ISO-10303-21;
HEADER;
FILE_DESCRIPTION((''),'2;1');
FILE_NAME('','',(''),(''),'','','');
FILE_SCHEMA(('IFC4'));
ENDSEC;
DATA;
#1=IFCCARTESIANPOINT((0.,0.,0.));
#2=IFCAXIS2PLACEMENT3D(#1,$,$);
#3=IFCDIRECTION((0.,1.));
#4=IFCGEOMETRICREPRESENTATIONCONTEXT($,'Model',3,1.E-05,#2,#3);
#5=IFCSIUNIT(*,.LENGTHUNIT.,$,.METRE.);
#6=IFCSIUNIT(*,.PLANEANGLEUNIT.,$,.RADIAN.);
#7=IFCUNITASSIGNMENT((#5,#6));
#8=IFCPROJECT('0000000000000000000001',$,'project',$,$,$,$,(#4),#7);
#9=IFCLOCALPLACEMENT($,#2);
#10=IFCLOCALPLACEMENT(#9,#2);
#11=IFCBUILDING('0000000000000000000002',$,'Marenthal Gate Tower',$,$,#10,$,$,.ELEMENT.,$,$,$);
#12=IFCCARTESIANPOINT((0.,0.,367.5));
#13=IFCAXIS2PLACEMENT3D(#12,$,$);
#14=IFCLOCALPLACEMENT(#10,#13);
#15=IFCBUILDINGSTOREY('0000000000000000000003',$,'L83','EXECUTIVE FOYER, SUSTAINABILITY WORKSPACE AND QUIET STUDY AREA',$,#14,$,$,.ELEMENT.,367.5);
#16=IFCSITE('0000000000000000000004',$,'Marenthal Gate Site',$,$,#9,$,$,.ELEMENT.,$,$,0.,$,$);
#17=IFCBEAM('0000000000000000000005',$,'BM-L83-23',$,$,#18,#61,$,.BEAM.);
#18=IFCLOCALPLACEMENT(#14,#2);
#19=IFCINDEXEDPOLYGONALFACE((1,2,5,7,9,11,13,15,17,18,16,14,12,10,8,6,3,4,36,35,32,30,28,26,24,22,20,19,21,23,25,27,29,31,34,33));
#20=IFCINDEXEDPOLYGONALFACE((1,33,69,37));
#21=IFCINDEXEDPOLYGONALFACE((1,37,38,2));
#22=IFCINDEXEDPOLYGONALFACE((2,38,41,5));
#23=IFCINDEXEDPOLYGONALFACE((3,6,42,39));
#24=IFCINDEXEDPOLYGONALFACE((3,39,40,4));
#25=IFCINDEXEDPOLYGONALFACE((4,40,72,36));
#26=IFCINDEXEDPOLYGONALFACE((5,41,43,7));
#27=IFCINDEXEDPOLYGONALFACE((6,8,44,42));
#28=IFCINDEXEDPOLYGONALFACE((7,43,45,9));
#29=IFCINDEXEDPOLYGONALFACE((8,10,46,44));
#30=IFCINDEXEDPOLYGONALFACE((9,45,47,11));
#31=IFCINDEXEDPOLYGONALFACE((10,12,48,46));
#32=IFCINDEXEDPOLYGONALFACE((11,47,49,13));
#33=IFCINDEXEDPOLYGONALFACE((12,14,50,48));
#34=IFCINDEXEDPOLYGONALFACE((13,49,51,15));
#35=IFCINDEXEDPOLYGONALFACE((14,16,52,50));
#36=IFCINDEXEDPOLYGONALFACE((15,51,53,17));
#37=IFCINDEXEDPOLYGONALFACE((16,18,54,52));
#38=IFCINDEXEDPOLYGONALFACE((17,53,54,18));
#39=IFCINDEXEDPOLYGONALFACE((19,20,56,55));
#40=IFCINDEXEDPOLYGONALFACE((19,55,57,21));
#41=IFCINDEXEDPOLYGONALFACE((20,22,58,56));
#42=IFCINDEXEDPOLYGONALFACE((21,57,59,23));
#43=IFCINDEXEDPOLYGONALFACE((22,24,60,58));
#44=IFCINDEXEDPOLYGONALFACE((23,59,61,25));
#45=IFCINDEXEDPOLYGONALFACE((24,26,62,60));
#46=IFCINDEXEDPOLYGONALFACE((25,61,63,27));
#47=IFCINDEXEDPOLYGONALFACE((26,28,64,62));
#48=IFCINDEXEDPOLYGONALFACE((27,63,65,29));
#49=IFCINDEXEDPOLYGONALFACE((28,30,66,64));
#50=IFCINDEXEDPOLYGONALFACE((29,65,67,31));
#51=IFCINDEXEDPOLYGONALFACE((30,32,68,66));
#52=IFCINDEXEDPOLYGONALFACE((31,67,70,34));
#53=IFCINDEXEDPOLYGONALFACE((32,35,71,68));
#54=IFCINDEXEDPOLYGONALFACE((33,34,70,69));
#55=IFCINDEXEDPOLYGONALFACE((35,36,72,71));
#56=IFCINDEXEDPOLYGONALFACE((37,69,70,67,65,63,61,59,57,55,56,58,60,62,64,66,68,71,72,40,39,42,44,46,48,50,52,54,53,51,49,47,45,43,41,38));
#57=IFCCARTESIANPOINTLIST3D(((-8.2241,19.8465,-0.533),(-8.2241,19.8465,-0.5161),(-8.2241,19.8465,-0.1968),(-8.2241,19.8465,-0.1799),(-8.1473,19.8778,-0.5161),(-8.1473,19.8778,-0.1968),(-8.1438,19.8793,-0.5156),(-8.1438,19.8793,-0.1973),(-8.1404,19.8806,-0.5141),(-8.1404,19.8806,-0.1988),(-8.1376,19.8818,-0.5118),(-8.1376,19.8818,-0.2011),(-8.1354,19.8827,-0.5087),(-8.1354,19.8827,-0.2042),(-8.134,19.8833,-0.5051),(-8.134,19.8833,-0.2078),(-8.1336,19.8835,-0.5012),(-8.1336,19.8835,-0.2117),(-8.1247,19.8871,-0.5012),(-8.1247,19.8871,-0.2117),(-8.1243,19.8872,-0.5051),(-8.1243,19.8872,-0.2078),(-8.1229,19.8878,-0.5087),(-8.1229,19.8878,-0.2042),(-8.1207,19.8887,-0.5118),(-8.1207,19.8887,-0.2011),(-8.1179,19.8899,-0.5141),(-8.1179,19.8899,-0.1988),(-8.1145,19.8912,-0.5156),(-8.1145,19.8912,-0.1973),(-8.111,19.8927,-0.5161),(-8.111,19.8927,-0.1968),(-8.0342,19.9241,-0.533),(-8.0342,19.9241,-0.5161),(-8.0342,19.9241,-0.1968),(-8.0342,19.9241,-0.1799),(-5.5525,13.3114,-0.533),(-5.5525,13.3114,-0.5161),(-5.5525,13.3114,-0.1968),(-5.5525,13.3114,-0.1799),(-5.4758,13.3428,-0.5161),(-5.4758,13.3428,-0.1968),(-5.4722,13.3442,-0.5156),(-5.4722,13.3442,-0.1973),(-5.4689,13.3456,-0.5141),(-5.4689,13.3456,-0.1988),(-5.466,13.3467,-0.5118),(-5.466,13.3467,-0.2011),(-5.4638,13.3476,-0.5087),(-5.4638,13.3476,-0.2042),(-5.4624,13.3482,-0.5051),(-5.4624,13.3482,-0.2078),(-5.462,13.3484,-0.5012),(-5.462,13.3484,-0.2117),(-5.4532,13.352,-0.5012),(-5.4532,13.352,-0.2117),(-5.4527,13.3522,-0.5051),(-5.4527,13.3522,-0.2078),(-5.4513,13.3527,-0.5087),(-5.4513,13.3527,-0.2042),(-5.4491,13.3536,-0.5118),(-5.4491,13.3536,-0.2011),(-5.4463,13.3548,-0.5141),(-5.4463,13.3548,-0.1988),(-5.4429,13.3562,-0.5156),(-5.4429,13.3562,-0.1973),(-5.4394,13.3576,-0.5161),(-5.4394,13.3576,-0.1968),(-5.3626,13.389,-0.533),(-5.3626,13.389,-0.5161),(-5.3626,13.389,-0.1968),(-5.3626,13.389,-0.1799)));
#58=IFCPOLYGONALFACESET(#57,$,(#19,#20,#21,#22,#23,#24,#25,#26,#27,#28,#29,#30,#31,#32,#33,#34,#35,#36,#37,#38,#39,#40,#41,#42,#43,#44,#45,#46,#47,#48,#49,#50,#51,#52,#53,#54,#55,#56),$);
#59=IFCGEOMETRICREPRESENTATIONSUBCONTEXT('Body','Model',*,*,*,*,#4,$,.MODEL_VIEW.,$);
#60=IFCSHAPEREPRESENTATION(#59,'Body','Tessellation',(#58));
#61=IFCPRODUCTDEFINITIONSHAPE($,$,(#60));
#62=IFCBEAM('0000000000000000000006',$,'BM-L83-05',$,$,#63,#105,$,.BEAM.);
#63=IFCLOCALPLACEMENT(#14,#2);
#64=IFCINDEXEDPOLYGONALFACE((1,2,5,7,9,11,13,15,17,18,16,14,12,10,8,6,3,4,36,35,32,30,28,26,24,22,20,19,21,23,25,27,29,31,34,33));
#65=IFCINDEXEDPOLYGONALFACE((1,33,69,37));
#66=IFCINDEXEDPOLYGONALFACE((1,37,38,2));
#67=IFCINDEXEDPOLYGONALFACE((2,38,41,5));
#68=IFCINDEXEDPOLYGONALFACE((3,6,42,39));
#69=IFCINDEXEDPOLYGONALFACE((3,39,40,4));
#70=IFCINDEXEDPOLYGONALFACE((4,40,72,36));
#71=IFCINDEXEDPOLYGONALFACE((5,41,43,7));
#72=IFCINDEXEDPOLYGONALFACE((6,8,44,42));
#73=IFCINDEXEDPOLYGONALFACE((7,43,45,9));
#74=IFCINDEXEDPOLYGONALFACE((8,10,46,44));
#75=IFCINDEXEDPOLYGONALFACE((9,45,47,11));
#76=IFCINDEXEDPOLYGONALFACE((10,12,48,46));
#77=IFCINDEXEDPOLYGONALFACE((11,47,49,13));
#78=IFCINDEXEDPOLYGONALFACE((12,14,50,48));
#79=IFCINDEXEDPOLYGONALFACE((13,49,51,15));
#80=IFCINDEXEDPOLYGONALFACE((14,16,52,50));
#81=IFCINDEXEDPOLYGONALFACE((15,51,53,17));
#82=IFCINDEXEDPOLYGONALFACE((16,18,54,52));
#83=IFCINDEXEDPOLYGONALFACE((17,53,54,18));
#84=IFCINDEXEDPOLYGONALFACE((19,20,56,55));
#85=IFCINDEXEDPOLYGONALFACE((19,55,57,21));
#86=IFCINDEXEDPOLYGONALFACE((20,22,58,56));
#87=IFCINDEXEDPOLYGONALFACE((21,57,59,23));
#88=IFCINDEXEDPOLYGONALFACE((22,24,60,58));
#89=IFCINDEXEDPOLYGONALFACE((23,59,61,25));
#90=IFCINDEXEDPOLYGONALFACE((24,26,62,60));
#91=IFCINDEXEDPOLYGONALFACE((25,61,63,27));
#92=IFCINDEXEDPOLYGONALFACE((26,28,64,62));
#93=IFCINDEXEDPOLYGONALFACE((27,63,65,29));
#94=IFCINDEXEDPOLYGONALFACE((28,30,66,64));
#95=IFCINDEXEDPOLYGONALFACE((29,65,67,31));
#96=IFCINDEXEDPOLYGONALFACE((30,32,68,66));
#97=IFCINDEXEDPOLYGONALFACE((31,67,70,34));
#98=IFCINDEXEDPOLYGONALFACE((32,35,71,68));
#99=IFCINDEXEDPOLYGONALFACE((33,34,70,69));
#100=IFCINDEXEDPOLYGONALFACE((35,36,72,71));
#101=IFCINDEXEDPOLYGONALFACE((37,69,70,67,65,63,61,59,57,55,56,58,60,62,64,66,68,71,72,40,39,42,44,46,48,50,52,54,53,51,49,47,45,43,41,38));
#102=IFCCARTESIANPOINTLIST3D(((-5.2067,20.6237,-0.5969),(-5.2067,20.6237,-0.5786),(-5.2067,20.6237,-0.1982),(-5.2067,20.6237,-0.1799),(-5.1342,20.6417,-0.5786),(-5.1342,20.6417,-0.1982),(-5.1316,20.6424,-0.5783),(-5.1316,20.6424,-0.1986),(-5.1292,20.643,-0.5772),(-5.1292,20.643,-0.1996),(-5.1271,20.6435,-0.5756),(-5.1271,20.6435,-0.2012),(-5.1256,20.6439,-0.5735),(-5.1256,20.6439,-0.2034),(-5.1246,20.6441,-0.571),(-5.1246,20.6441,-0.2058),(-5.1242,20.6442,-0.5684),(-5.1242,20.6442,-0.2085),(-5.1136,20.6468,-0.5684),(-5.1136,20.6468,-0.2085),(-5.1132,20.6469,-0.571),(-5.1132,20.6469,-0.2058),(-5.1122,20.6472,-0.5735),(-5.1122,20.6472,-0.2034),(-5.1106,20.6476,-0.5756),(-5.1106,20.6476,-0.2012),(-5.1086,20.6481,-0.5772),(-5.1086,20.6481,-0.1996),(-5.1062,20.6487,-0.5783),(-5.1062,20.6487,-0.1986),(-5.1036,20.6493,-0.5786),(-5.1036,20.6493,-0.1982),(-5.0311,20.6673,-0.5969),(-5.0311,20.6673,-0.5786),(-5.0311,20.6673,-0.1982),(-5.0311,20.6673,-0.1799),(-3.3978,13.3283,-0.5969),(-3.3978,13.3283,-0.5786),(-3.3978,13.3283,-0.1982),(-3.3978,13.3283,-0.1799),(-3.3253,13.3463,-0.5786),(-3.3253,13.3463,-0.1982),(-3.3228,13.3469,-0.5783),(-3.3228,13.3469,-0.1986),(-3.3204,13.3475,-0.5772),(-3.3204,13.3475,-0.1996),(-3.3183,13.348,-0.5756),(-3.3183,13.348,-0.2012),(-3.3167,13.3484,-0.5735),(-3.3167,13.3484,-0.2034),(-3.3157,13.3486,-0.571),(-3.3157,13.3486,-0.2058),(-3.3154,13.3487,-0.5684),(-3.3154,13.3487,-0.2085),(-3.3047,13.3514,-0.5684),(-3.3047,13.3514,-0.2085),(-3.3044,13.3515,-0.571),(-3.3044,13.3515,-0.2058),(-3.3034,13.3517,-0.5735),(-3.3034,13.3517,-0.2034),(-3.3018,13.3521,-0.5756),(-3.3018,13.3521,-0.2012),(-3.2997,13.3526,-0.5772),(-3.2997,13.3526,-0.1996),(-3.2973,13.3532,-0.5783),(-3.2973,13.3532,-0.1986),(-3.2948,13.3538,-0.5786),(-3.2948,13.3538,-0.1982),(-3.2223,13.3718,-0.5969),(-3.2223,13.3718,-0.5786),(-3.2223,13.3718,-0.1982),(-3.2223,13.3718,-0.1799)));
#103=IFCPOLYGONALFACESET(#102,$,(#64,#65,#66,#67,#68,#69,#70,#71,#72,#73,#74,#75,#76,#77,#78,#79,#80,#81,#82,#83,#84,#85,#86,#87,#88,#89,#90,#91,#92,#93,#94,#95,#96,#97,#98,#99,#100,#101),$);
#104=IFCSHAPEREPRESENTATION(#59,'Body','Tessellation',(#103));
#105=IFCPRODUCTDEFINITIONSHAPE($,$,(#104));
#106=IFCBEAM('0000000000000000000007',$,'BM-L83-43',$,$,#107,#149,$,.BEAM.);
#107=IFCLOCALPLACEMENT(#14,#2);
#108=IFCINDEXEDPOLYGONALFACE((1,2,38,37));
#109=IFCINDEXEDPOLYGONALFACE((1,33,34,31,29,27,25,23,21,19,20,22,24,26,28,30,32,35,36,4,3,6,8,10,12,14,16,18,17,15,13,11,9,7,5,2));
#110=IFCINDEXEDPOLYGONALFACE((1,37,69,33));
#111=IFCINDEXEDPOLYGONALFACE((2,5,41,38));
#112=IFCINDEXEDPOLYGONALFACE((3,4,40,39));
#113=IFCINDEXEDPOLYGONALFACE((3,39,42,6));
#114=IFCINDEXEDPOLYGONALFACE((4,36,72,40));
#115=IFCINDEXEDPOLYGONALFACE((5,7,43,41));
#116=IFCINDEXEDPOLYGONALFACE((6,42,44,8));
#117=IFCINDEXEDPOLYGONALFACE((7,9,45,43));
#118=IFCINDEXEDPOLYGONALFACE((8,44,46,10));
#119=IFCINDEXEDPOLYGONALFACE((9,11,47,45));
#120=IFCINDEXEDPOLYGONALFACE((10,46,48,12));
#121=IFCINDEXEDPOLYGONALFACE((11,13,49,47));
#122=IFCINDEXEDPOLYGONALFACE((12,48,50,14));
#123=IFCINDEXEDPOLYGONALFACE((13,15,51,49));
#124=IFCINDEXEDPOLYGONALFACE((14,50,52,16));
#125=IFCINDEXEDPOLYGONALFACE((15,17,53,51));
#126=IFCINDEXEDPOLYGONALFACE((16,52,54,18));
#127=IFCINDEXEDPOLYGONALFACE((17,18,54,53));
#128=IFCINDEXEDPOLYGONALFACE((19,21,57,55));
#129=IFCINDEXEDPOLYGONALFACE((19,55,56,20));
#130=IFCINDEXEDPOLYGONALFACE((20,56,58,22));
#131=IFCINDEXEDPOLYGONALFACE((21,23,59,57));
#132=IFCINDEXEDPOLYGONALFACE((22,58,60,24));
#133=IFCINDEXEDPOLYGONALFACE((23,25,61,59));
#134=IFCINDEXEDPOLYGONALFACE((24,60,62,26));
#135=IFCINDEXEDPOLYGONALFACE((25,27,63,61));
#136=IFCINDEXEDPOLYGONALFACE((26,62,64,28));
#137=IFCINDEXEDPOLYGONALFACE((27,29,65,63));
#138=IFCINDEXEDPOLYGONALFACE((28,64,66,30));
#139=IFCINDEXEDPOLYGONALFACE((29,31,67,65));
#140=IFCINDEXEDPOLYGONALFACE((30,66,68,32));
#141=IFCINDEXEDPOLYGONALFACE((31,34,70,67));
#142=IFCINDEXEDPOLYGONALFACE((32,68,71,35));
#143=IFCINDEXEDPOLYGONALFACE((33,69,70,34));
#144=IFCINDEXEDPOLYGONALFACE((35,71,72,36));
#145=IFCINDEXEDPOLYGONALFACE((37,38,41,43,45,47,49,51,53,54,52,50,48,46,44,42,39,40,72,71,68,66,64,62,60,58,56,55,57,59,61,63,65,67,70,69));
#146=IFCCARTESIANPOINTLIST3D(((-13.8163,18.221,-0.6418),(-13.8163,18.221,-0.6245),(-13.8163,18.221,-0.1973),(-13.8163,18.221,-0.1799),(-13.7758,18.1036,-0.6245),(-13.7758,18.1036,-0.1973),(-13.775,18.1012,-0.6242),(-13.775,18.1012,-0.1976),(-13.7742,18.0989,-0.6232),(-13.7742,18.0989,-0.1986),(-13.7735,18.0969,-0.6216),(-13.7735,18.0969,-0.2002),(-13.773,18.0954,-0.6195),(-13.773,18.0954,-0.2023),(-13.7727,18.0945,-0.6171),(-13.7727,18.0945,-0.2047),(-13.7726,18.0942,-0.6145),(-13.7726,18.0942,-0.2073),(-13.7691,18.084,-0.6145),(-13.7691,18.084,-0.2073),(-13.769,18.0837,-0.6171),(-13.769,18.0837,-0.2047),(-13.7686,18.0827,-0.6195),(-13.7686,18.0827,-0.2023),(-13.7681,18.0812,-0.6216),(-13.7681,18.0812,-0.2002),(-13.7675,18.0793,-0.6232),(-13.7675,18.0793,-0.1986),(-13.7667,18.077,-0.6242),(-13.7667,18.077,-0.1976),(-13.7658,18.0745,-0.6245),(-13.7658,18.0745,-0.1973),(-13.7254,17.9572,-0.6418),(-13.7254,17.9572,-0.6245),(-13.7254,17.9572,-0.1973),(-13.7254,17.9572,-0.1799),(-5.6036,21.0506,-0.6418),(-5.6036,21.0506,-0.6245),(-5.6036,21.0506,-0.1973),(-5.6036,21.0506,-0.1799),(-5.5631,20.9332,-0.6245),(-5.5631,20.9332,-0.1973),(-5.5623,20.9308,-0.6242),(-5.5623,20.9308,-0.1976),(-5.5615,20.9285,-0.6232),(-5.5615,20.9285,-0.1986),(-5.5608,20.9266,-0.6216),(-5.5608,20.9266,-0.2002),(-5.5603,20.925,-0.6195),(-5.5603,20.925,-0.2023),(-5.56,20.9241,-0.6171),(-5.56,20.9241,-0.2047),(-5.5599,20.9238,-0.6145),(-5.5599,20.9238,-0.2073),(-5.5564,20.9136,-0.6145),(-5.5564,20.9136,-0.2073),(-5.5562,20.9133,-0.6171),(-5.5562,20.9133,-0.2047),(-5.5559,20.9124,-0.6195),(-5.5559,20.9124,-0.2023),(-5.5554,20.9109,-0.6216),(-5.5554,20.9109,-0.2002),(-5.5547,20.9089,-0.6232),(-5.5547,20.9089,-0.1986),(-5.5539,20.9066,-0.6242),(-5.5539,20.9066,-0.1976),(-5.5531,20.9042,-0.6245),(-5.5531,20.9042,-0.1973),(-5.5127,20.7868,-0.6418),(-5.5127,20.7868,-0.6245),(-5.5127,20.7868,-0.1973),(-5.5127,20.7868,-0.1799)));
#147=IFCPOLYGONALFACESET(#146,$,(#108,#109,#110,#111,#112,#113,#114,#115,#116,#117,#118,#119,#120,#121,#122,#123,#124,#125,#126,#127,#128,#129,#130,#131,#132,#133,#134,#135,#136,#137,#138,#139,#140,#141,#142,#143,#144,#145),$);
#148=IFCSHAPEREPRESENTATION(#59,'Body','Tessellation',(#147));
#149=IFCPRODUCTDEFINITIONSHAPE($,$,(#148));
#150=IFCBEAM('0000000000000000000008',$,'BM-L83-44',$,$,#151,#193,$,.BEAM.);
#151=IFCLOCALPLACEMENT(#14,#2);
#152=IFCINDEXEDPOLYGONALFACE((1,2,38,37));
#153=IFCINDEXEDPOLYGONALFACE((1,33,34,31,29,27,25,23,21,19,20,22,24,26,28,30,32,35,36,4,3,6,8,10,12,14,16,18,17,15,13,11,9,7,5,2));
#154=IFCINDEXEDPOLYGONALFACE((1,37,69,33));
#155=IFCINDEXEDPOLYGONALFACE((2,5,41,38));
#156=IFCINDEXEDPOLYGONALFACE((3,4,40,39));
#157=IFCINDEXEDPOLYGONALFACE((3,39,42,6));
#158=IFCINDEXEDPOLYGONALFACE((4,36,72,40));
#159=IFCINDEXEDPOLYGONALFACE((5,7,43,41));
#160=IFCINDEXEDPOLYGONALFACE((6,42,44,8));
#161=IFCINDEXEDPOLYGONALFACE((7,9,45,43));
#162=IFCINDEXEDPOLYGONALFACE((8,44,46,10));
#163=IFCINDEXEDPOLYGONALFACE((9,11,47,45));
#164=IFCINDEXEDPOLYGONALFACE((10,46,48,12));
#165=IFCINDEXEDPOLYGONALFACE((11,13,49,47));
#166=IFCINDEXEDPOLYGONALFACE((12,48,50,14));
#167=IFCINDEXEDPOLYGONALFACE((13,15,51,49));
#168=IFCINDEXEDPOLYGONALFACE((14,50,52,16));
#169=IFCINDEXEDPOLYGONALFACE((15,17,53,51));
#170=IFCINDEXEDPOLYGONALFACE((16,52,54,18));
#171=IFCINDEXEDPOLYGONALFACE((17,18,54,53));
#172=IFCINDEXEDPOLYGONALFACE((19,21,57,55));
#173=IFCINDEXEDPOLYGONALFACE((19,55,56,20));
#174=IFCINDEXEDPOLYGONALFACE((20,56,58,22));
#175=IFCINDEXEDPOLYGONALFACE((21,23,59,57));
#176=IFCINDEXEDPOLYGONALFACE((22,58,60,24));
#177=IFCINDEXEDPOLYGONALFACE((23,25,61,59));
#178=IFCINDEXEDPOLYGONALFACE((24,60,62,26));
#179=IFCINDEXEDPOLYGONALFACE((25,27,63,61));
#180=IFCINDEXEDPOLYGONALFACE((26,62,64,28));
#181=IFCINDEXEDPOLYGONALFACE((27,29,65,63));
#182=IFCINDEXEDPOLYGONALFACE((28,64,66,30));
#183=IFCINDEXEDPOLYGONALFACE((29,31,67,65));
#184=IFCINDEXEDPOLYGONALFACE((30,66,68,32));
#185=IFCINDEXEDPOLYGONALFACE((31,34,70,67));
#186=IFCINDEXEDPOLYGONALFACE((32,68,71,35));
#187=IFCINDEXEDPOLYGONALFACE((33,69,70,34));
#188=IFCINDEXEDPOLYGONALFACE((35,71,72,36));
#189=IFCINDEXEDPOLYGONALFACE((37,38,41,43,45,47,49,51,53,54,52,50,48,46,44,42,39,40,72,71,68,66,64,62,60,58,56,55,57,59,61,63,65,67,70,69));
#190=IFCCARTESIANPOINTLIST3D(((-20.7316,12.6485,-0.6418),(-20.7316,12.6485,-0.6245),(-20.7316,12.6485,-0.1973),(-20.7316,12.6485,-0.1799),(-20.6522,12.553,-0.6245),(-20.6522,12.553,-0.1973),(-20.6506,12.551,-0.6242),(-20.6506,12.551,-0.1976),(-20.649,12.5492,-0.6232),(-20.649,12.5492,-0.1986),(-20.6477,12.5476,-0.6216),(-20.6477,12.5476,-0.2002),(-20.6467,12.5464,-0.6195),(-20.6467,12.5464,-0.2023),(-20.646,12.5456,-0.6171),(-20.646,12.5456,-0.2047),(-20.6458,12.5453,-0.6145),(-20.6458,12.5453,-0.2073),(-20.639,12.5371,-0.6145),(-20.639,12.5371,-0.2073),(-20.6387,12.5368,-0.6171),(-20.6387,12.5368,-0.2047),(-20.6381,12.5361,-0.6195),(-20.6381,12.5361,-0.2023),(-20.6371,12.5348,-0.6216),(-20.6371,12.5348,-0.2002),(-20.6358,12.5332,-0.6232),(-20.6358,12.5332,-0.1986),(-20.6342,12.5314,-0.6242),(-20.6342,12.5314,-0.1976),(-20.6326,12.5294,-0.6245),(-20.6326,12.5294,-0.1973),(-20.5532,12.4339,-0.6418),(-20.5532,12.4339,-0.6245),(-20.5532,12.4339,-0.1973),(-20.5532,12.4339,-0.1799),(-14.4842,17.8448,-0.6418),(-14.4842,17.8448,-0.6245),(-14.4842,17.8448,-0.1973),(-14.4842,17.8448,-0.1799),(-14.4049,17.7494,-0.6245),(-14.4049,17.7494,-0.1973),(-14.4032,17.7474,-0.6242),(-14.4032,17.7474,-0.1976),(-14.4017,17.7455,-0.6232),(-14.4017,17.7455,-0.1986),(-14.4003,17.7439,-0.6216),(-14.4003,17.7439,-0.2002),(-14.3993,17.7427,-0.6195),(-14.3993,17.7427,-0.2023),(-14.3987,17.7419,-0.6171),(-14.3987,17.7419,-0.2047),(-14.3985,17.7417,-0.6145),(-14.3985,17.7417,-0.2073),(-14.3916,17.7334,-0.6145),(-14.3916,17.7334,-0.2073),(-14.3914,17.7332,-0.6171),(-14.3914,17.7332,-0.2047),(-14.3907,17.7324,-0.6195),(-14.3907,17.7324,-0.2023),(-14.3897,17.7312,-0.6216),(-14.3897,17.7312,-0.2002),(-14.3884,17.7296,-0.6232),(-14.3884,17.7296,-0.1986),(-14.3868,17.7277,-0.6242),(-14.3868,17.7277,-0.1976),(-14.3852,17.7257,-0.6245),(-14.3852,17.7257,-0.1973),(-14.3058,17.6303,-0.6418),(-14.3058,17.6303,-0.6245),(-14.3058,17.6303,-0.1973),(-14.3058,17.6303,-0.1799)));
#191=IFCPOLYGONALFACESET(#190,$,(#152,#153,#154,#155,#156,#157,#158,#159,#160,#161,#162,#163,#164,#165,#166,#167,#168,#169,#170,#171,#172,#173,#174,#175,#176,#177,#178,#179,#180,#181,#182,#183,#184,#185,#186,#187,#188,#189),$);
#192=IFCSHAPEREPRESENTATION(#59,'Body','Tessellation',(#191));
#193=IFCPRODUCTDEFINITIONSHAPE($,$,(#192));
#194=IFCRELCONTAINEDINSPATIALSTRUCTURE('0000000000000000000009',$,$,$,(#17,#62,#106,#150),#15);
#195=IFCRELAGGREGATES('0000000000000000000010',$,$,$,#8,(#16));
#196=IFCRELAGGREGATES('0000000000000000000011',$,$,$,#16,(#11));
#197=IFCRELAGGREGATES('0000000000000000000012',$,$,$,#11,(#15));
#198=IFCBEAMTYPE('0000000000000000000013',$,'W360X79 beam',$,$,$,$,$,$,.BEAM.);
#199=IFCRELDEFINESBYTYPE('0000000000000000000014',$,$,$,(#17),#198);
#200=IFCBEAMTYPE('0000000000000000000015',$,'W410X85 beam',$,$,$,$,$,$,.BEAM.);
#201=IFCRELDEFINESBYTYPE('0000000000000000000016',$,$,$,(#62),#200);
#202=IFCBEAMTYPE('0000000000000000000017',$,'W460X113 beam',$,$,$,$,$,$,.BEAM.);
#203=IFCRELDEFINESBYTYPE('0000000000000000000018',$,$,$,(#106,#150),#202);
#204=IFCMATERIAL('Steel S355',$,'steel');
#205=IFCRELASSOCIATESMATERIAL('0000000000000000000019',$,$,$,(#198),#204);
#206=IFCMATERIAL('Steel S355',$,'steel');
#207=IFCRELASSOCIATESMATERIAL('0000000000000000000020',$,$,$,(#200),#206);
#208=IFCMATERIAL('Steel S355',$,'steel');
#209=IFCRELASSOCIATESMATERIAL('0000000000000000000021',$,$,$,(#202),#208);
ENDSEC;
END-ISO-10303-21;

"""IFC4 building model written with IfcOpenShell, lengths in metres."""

from ifc_helpers import new_model, si_unit, direction, frame, origin, origin_2d, place, context, subcontext, project, spatial, i_section, extrude, material, material_profile, profile_set, type_object, element, save


model = new_model("IFC4")

# Units and contexts
model_context = context("Model", 3, precision=1e-05, world=origin(), true_north=direction((0.0, 1.0)))
body_context = subcontext(model_context, "Body", "Model", "MODEL_VIEW")
ifc_project = project(units=[si_unit("LENGTHUNIT", "METRE"), si_unit("PLANEANGLEUNIT", "RADIAN")], contexts=[model_context])

# Site, building, storey
site_placement = place(None, origin())
site = spatial("IfcSite", under=ifc_project, at=site_placement, Name="Marenthal Gate Site", CompositionType="ELEMENT", RefElevation=0.0)
building_placement = place(site_placement, origin())
building = spatial("IfcBuilding", under=site, at=building_placement, Name="Marenthal Gate Tower", CompositionType="ELEMENT")
storey_placement = place(building_placement, frame((0.0, 0.0, 367.5)))
storey = spatial("IfcBuildingStorey", under=building, at=storey_placement, Name="L83", Description="EXECUTIVE FOYER, SUSTAINABILITY WORKSPACE AND QUIET STUDY AREA", CompositionType="ELEMENT", Elevation=367.5)

# Beams
ifc_material_1 = material(Name="Steel S355", Category="steel")
ifc_material_profile_1 = material_profile(ifc_material_1, i_section(OverallWidth=0.2051, OverallDepth=0.353, WebThickness=0.0095, FlangeThickness=0.0168, FilletRadius=0.0149, at=origin_2d()), Name="W360X79")
ifc_profile_set_1 = profile_set([ifc_material_profile_1], Name="Steel S355")
beam_type_1 = type_object("IfcBeamType", Name="W360X79 beam", PredefinedType="BEAM", material=ifc_profile_set_1)
beam_1_placement = place(storey_placement, frame((-8.1292, 19.8853, -0.3564), z_axis=(0.378409, -0.925638, 0.0), x_axis=(0.925638, 0.378409, 0.0)))
element("IfcBeam", 1, at=beam_1_placement, inside=storey, type_object=beam_type_1, Name="BM-L83-23", PredefinedType="BEAM", context=body_context, shape_type="SweptSolid", body=[
    extrude(i_section(OverallWidth=0.2051, OverallDepth=0.353, WebThickness=0.0095, FlangeThickness=0.0168, FilletRadius=0.0149, at=origin_2d()), origin(), (0.0, 0.0, 1.0), 7.0601),
])
ifc_material_2 = material(Name="Steel S355", Category="steel")
ifc_material_profile_2 = material_profile(ifc_material_2, i_section(OverallWidth=0.1809, OverallDepth=0.417, WebThickness=0.011, FlangeThickness=0.0183, FilletRadius=0.0103, at=origin_2d()), Name="W410X85")
ifc_profile_set_2 = profile_set([ifc_material_profile_2], Name="Steel S355")
beam_type_2 = type_object("IfcBeamType", Name="W410X85 beam", PredefinedType="BEAM", material=ifc_profile_set_2)
beam_2_placement = place(storey_placement, frame((-5.1189, 20.6455, -0.3884), z_axis=(0.240655, -0.970611, 0.0), x_axis=(0.970611, 0.240655, 0.0)))
element("IfcBeam", 2, at=beam_2_placement, inside=storey, type_object=beam_type_2, Name="BM-L83-05", PredefinedType="BEAM", context=body_context, shape_type="SweptSolid", body=[
    extrude(i_section(OverallWidth=0.1809, OverallDepth=0.417, WebThickness=0.011, FlangeThickness=0.0183, FilletRadius=0.0103, at=origin_2d()), origin(), (0.0, 0.0, 1.0), 7.5164),
])
ifc_material_3 = material(Name="Steel S355", Category="steel")
ifc_material_profile_3 = material_profile(ifc_material_3, i_section(OverallWidth=0.2791, OverallDepth=0.4619, WebThickness=0.0107, FlangeThickness=0.0173, FilletRadius=0.01, at=origin_2d()), Name="W460X113")
ifc_profile_set_3 = profile_set([ifc_material_profile_3], Name="Steel S355")
beam_type_3 = type_object("IfcBeamType", Name="W460X113 beam", PredefinedType="BEAM", material=ifc_profile_set_3)
beam_3_placement = place(storey_placement, frame((-5.5581, 20.9187, -0.4109), z_axis=(-0.945457, -0.325748, 0.0), x_axis=(0.325748, -0.945457, 0.0)))
element("IfcBeam", 3, at=beam_3_placement, inside=storey, type_object=beam_type_3, Name="BM-L83-43", PredefinedType="BEAM", context=body_context, shape_type="SweptSolid", body=[
    extrude(i_section(OverallWidth=0.2791, OverallDepth=0.4619, WebThickness=0.0107, FlangeThickness=0.0173, FilletRadius=0.01, at=origin_2d()), origin(), (0.0, 0.0, 1.0), 8.6865),
])
beam_4_placement = place(storey_placement, frame((-14.395, 17.7375, -0.4109), z_axis=(-0.768814, -0.639472, 0.0), x_axis=(0.639472, -0.768814, 0.0)))
element("IfcBeam", 4, at=beam_4_placement, inside=storey, type_object=beam_type_3, Name="BM-L83-44", PredefinedType="BEAM", context=body_context, shape_type="SweptSolid", body=[
    extrude(i_section(OverallWidth=0.2791, OverallDepth=0.4619, WebThickness=0.0107, FlangeThickness=0.0173, FilletRadius=0.01, at=origin_2d()), origin(), (0.0, 0.0, 1.0), 8.126),
])

save(model, "model.ifc")
